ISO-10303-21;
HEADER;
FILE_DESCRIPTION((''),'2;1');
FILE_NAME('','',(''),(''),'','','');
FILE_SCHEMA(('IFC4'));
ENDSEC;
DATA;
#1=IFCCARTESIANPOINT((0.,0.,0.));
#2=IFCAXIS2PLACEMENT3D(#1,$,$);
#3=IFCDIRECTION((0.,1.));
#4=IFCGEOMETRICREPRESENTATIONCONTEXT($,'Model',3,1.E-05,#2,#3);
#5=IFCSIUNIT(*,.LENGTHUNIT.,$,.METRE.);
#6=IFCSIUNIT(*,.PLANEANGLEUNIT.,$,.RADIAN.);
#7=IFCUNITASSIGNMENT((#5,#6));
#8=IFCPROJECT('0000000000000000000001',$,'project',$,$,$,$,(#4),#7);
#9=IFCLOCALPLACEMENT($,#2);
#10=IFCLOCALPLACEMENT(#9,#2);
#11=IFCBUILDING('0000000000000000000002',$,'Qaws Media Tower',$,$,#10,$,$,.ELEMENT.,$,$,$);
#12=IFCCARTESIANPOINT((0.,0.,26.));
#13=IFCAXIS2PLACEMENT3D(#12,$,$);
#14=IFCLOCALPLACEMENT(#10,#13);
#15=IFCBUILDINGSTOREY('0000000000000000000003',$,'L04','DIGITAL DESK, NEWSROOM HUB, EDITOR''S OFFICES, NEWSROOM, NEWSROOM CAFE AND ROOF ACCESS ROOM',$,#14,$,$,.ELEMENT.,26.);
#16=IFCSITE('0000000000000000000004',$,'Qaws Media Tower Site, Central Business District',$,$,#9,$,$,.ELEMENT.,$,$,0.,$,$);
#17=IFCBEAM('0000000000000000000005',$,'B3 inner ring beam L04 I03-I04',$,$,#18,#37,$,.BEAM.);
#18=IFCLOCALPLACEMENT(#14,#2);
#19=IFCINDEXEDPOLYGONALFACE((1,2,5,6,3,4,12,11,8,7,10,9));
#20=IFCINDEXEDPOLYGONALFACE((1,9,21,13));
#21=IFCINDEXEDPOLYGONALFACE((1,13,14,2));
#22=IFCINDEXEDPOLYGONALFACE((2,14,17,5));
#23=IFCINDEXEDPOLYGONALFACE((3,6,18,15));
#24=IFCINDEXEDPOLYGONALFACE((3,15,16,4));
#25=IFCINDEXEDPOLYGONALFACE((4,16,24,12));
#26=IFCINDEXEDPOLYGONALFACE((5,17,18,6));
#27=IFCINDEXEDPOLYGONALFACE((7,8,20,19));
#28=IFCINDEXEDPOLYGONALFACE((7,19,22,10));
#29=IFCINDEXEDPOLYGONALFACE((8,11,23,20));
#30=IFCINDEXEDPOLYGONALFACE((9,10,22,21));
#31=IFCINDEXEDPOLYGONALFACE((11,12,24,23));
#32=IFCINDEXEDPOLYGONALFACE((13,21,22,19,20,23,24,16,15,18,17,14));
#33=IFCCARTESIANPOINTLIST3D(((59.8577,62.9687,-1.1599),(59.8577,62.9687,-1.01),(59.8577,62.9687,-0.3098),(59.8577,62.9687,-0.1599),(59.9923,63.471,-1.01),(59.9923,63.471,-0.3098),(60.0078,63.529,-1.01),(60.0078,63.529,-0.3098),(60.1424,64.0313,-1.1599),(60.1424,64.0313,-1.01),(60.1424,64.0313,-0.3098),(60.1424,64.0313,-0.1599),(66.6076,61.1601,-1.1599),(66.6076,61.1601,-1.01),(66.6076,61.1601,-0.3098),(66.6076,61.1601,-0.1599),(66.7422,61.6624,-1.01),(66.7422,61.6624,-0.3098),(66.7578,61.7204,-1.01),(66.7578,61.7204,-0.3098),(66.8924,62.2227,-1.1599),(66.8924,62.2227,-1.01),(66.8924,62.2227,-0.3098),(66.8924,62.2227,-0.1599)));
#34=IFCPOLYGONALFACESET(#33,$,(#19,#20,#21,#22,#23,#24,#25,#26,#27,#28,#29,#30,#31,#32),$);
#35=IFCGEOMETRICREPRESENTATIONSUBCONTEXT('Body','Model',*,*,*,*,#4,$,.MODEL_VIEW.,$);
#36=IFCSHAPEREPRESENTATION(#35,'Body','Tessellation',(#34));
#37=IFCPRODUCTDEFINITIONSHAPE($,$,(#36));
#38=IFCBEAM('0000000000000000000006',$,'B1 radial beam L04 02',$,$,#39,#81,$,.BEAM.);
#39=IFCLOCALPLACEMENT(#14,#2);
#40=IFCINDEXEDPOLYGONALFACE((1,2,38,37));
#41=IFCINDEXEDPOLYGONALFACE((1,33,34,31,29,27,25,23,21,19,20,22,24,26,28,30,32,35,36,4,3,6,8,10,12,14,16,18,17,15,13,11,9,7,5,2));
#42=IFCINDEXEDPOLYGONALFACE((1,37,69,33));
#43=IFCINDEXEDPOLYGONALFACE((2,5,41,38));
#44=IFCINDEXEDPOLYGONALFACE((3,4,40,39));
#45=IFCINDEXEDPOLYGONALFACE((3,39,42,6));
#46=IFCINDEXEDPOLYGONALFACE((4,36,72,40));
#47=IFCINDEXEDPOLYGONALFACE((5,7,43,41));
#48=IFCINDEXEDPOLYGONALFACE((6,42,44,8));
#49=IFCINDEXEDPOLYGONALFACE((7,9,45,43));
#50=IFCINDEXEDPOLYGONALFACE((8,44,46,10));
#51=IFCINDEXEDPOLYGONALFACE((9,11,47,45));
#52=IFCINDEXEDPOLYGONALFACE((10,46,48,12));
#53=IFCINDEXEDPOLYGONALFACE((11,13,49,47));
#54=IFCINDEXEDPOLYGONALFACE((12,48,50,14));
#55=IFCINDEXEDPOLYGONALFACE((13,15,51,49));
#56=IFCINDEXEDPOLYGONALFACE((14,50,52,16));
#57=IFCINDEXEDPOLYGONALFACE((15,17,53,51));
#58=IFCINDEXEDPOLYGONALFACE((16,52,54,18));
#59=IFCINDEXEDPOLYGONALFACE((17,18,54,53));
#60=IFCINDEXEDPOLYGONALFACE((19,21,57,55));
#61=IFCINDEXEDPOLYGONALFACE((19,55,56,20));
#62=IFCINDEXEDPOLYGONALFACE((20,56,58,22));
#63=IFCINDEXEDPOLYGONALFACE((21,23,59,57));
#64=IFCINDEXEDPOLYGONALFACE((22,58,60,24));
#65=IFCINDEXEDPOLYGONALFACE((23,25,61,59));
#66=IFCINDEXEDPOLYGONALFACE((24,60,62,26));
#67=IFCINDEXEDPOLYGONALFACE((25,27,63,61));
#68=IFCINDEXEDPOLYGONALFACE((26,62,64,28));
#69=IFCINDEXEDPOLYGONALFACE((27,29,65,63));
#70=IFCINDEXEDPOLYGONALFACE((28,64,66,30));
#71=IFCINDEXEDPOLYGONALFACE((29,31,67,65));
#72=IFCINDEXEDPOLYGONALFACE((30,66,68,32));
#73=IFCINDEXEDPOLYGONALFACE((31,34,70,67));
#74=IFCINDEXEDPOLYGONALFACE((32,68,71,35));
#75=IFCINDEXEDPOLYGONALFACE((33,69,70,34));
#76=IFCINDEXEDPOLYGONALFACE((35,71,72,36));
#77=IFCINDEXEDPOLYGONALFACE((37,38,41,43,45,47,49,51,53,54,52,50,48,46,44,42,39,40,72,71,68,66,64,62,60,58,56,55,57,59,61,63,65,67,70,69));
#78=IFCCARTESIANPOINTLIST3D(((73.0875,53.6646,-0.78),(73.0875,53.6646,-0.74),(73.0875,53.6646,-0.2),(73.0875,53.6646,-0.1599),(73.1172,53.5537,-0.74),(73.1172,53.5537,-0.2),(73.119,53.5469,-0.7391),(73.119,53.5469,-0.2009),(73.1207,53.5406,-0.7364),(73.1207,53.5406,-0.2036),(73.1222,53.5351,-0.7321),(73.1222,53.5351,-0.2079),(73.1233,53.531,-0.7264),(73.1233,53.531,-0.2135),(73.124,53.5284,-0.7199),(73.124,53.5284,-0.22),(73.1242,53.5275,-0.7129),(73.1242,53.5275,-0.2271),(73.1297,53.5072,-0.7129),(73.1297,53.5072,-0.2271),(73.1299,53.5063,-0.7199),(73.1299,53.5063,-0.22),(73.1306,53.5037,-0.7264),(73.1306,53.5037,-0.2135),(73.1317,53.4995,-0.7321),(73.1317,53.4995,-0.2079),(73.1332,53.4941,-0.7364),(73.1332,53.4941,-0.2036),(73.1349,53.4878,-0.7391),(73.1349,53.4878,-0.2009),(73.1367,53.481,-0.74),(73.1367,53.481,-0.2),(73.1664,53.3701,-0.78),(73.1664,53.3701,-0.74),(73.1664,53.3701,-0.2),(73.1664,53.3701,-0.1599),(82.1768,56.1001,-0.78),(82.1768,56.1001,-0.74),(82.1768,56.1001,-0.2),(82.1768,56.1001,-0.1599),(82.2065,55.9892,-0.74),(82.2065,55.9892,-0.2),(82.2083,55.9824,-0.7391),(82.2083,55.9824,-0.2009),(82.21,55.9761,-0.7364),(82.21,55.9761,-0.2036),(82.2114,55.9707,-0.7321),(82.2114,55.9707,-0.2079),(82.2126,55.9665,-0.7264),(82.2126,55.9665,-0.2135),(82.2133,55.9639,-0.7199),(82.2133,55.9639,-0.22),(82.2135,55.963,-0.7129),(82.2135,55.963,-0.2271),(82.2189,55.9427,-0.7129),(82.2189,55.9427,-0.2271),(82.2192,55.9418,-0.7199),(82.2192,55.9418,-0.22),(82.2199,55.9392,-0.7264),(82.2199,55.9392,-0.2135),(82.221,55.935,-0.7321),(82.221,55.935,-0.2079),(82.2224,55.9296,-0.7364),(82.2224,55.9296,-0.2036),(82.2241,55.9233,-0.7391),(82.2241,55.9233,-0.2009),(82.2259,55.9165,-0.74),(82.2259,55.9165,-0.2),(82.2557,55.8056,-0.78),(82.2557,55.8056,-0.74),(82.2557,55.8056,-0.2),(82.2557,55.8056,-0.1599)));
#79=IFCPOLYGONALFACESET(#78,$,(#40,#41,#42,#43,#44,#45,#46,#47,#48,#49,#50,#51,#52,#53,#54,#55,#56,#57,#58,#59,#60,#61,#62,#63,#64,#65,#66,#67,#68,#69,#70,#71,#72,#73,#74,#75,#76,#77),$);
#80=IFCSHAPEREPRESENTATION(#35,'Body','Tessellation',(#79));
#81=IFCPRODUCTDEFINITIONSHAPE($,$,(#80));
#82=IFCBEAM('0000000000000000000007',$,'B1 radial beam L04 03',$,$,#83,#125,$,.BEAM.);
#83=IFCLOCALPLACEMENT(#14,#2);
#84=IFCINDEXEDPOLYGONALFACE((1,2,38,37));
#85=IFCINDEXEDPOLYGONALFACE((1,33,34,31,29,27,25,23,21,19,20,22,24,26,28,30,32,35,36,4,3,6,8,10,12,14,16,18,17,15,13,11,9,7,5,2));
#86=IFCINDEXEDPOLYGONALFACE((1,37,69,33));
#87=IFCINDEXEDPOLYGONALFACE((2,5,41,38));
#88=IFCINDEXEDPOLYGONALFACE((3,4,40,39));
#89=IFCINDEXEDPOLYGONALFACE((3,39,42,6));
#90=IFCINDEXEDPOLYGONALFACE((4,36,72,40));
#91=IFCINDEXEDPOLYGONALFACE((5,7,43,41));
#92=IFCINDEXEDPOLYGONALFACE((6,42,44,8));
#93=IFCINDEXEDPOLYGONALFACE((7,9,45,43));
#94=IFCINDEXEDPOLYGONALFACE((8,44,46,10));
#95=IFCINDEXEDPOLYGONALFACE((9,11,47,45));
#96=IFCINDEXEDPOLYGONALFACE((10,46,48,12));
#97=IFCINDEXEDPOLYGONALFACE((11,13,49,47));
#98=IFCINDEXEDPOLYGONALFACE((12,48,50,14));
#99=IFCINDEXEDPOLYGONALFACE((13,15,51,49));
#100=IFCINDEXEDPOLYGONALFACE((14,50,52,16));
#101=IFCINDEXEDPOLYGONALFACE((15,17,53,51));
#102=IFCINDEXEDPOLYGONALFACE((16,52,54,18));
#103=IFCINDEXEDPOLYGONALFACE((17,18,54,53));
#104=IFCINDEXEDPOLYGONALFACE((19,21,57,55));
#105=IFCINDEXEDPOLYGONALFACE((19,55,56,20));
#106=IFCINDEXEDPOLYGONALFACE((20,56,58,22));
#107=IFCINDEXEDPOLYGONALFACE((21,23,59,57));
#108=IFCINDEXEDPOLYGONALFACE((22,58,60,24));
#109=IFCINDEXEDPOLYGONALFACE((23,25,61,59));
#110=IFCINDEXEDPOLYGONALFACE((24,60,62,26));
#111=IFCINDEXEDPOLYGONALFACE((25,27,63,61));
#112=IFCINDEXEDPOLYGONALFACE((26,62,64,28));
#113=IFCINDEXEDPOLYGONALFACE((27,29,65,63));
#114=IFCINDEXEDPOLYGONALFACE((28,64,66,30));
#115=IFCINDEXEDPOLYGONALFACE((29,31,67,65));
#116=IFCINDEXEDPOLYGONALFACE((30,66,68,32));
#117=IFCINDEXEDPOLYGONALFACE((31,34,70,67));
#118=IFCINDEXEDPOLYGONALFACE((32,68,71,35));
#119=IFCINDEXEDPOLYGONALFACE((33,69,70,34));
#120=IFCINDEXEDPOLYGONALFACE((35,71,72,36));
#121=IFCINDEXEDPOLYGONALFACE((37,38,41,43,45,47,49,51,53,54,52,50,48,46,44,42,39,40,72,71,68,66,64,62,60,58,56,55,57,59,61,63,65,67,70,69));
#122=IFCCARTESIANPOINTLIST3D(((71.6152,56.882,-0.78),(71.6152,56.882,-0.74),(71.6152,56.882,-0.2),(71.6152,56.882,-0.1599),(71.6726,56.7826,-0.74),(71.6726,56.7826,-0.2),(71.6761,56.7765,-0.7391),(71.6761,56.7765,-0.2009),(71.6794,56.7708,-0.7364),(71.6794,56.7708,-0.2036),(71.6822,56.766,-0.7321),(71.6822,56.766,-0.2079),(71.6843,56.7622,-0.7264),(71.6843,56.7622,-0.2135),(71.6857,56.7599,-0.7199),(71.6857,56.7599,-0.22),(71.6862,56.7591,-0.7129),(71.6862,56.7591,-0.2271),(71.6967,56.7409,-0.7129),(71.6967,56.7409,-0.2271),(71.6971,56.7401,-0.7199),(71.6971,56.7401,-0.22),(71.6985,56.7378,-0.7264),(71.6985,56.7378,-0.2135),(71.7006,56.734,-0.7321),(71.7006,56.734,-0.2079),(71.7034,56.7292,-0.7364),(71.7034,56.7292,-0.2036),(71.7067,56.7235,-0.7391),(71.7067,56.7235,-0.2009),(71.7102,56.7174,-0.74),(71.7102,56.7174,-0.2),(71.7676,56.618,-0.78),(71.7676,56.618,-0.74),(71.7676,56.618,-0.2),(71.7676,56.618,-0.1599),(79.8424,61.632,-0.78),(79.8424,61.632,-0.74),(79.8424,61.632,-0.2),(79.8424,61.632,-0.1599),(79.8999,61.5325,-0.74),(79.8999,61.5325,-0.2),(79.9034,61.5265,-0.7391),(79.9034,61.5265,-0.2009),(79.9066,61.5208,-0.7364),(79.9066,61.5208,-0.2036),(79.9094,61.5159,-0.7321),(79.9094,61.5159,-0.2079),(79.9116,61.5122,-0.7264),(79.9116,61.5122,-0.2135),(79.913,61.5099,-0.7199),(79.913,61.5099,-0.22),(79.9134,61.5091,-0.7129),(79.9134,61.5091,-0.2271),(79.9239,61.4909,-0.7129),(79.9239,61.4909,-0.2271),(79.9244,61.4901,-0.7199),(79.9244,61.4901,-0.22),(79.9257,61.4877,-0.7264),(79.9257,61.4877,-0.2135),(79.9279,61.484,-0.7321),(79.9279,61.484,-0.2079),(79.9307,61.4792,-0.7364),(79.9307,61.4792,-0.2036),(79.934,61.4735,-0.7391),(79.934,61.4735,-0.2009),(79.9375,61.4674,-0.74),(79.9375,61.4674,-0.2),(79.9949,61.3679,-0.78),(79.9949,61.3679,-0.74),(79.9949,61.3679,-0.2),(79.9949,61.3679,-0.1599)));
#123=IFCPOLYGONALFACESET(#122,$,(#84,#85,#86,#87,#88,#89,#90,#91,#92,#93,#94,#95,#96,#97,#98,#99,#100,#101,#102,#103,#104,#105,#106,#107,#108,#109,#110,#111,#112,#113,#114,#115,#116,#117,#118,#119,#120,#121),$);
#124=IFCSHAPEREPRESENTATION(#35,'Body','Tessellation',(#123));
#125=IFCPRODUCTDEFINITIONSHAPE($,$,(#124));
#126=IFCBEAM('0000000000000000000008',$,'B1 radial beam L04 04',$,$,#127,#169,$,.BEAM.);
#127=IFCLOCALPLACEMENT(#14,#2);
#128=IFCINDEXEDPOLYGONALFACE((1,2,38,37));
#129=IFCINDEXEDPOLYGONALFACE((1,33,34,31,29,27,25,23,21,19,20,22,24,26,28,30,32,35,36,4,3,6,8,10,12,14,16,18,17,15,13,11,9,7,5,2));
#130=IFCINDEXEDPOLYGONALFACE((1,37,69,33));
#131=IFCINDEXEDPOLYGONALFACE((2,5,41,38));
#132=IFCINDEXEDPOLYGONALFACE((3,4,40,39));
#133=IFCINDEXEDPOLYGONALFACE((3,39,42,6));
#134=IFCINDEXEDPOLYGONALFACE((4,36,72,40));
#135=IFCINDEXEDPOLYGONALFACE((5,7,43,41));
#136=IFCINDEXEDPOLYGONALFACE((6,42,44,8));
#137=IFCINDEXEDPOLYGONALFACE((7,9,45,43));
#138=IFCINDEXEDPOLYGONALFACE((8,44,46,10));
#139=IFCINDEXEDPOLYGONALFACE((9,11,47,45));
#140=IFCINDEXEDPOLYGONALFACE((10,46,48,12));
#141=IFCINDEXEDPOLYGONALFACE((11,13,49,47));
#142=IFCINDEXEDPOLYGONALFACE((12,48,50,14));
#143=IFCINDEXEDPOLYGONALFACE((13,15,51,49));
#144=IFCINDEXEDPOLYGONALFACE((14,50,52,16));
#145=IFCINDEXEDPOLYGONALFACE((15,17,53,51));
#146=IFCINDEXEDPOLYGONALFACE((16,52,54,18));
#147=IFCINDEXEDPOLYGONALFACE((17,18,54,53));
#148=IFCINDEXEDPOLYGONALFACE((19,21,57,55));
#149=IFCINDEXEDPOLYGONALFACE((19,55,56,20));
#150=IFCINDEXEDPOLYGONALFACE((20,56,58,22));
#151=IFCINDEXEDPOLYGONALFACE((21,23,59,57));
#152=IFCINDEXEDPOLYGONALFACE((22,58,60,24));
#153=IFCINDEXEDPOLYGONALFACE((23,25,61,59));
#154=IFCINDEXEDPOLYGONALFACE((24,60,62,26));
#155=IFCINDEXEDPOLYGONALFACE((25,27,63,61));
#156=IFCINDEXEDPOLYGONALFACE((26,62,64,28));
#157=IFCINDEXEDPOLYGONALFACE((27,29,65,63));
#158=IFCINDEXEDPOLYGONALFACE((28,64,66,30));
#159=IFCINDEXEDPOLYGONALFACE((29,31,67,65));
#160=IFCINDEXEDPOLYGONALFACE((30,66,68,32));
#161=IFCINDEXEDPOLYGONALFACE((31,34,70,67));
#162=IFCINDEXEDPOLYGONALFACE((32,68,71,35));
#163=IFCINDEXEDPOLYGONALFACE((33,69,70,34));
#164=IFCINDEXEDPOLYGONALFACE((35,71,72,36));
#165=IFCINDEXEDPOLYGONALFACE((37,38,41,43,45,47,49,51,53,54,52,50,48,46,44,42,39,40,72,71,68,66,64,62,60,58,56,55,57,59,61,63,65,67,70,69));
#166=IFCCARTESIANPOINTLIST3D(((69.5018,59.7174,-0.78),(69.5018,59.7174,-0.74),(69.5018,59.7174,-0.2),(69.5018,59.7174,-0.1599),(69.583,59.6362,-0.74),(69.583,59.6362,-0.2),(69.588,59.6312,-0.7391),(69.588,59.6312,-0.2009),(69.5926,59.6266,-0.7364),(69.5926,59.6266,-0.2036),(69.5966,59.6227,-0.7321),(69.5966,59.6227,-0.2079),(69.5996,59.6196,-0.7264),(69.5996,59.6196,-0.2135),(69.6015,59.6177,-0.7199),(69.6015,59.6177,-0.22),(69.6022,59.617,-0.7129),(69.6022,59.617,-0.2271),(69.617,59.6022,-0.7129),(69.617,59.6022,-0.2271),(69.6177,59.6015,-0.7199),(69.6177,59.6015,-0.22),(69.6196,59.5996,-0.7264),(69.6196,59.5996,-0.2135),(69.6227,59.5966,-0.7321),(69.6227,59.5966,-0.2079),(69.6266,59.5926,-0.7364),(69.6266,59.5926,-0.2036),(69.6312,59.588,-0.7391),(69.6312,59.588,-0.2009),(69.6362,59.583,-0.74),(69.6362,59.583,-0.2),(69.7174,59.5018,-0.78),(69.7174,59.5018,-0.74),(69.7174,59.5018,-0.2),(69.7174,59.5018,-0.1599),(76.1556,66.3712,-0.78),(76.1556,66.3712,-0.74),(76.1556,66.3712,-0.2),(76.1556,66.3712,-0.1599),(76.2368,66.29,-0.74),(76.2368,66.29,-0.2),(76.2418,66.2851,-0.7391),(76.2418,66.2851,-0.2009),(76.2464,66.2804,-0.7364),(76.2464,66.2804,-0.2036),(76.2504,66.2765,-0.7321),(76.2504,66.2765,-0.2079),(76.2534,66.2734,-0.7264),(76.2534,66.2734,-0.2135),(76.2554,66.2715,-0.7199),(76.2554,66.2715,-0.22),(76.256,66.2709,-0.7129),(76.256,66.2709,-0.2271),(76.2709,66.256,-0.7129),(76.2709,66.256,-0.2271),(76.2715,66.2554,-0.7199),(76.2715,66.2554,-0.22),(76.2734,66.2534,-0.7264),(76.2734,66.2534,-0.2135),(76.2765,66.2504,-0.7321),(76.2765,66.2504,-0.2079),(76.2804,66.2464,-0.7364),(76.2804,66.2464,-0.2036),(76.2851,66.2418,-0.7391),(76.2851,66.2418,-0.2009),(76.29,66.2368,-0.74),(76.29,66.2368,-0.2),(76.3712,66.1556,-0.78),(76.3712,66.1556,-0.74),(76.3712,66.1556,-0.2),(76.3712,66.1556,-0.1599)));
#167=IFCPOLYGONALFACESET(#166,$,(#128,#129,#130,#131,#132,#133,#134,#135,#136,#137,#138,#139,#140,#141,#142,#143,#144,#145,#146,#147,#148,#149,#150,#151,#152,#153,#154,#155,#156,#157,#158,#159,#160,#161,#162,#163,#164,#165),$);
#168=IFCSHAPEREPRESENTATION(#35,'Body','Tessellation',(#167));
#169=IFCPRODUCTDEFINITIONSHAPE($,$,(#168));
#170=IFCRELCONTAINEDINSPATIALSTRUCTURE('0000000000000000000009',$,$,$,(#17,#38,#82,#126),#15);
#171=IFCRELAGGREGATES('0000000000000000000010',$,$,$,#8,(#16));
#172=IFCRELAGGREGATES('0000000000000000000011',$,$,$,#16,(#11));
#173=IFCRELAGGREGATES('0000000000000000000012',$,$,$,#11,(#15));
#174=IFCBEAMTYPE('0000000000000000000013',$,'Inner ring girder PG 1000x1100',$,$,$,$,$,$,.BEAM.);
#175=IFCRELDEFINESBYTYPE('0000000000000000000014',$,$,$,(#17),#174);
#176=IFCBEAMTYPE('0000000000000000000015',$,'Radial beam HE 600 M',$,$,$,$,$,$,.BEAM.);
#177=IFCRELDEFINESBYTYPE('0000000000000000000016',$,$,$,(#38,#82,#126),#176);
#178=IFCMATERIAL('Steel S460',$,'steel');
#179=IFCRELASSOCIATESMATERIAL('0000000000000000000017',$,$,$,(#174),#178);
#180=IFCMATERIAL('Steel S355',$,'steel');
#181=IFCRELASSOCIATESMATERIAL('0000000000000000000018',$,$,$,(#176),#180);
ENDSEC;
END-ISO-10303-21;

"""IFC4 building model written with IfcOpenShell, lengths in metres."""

from ifc_helpers import new_model, si_unit, direction, frame, origin, origin_2d, place, context, subcontext, project, spatial, i_section, extrude, material, material_profile, profile_set, type_object, element, save


model = new_model("IFC4")

# Units and contexts
model_context = context("Model", 3, precision=1e-05, world=origin(), true_north=direction((0.0, 1.0)))
body_context = subcontext(model_context, "Body", "Model", "MODEL_VIEW")
ifc_project = project(units=[si_unit("LENGTHUNIT", "METRE"), si_unit("PLANEANGLEUNIT", "RADIAN")], contexts=[model_context])

# Site, building, storey
site_placement = place(None, origin())
site = spatial("IfcSite", under=ifc_project, at=site_placement, Name="Qaws Media Tower Site, Central Business District", CompositionType="ELEMENT", RefElevation=0.0)
building_placement = place(site_placement, origin())
building = spatial("IfcBuilding", under=site, at=building_placement, Name="Qaws Media Tower", CompositionType="ELEMENT")
storey_placement = place(building_placement, frame((0.0, 0.0, 26.0)))
storey = spatial("IfcBuildingStorey", under=building, at=storey_placement, Name="L04", Description="DIGITAL DESK, NEWSROOM HUB, EDITOR'S OFFICES, NEWSROOM, NEWSROOM CAFE AND ROOF ACCESS ROOM", CompositionType="ELEMENT", Elevation=26.0)

# Beams
ifc_material_1 = material(Name="Steel S460", Category="steel")
ifc_material_profile_1 = material_profile(ifc_material_1, i_section(OverallWidth=1.1001, OverallDepth=1.0, WebThickness=0.0601, FlangeThickness=0.1499, at=origin_2d()), Name="PG 1000x1100")
ifc_profile_set_1 = profile_set([ifc_material_profile_1], Name="Steel S460")
beam_type_1 = type_object("IfcBeamType", Name="Inner ring girder PG 1000x1100", PredefinedType="BEAM", material=ifc_profile_set_1)
beam_1_placement = place(storey_placement, frame((66.75, 61.6914, -0.6599), z_axis=(-0.965928, 0.258811, 0.0), x_axis=(-0.258811, -0.965928, 0.0)))
element("IfcBeam", 1, at=beam_1_placement, inside=storey, type_object=beam_type_1, Name="B3 inner ring beam L04 I03-I04", PredefinedType="BEAM", context=body_context, shape_type="SweptSolid", body=[
    extrude(i_section(OverallWidth=1.1001, OverallDepth=1.0, WebThickness=0.0601, FlangeThickness=0.1499, at=origin_2d()), origin(), (0.0, 0.0, 1.0), 6.988),
])
ifc_material_2 = material(Name="Steel S355", Category="steel")
ifc_material_profile_2 = material_profile(ifc_material_2, i_section(OverallWidth=0.3049, OverallDepth=0.6201, WebThickness=0.021, FlangeThickness=0.04, FilletRadius=0.0271, at=origin_2d()), Name="HE 600 M")
ifc_profile_set_2 = profile_set([ifc_material_profile_2], Name="Steel S355")
beam_type_2 = type_object("IfcBeamType", Name="Radial beam HE 600 M", PredefinedType="BEAM", material=ifc_profile_set_2)
beam_2_placement = place(storey_placement, frame((73.127, 53.5173, -0.47), z_axis=(0.965924, 0.258825, 0.0), x_axis=(-0.258825, 0.965924, 0.0)))
element("IfcBeam", 2, at=beam_2_placement, inside=storey, type_object=beam_type_2, Name="B1 radial beam L04 02", PredefinedType="BEAM", context=body_context, shape_type="SweptSolid", body=[
    extrude(i_section(OverallWidth=0.3049, OverallDepth=0.6201, WebThickness=0.021, FlangeThickness=0.04, FilletRadius=0.0271, at=origin_2d()), origin(), (0.0, 0.0, 1.0), 9.4099),
])
beam_3_placement = place(storey_placement, frame((71.6914, 56.75, -0.47), z_axis=(0.866027, 0.499998, 0.0), x_axis=(-0.499998, 0.866027, 0.0)))
element("IfcBeam", 3, at=beam_3_placement, inside=storey, type_object=beam_type_2, Name="B1 radial beam L04 03", PredefinedType="BEAM", context=body_context, shape_type="SweptSolid", body=[
    extrude(i_section(OverallWidth=0.3049, OverallDepth=0.6201, WebThickness=0.021, FlangeThickness=0.04, FilletRadius=0.0271, at=origin_2d()), origin(), (0.0, 0.0, 1.0), 9.5),
])
beam_4_placement = place(storey_placement, frame((69.6096, 59.6096, -0.47), z_axis=(0.707107, 0.707107, 0.0), x_axis=(-0.707107, 0.707107, 0.0)))
element("IfcBeam", 4, at=beam_4_placement, inside=storey, type_object=beam_type_2, Name="B1 radial beam L04 04", PredefinedType="BEAM", context=body_context, shape_type="SweptSolid", body=[
    extrude(i_section(OverallWidth=0.3049, OverallDepth=0.6201, WebThickness=0.021, FlangeThickness=0.04, FilletRadius=0.0271, at=origin_2d()), origin(), (0.0, 0.0, 1.0), 9.4099),
])

save(model, "model.ifc")
